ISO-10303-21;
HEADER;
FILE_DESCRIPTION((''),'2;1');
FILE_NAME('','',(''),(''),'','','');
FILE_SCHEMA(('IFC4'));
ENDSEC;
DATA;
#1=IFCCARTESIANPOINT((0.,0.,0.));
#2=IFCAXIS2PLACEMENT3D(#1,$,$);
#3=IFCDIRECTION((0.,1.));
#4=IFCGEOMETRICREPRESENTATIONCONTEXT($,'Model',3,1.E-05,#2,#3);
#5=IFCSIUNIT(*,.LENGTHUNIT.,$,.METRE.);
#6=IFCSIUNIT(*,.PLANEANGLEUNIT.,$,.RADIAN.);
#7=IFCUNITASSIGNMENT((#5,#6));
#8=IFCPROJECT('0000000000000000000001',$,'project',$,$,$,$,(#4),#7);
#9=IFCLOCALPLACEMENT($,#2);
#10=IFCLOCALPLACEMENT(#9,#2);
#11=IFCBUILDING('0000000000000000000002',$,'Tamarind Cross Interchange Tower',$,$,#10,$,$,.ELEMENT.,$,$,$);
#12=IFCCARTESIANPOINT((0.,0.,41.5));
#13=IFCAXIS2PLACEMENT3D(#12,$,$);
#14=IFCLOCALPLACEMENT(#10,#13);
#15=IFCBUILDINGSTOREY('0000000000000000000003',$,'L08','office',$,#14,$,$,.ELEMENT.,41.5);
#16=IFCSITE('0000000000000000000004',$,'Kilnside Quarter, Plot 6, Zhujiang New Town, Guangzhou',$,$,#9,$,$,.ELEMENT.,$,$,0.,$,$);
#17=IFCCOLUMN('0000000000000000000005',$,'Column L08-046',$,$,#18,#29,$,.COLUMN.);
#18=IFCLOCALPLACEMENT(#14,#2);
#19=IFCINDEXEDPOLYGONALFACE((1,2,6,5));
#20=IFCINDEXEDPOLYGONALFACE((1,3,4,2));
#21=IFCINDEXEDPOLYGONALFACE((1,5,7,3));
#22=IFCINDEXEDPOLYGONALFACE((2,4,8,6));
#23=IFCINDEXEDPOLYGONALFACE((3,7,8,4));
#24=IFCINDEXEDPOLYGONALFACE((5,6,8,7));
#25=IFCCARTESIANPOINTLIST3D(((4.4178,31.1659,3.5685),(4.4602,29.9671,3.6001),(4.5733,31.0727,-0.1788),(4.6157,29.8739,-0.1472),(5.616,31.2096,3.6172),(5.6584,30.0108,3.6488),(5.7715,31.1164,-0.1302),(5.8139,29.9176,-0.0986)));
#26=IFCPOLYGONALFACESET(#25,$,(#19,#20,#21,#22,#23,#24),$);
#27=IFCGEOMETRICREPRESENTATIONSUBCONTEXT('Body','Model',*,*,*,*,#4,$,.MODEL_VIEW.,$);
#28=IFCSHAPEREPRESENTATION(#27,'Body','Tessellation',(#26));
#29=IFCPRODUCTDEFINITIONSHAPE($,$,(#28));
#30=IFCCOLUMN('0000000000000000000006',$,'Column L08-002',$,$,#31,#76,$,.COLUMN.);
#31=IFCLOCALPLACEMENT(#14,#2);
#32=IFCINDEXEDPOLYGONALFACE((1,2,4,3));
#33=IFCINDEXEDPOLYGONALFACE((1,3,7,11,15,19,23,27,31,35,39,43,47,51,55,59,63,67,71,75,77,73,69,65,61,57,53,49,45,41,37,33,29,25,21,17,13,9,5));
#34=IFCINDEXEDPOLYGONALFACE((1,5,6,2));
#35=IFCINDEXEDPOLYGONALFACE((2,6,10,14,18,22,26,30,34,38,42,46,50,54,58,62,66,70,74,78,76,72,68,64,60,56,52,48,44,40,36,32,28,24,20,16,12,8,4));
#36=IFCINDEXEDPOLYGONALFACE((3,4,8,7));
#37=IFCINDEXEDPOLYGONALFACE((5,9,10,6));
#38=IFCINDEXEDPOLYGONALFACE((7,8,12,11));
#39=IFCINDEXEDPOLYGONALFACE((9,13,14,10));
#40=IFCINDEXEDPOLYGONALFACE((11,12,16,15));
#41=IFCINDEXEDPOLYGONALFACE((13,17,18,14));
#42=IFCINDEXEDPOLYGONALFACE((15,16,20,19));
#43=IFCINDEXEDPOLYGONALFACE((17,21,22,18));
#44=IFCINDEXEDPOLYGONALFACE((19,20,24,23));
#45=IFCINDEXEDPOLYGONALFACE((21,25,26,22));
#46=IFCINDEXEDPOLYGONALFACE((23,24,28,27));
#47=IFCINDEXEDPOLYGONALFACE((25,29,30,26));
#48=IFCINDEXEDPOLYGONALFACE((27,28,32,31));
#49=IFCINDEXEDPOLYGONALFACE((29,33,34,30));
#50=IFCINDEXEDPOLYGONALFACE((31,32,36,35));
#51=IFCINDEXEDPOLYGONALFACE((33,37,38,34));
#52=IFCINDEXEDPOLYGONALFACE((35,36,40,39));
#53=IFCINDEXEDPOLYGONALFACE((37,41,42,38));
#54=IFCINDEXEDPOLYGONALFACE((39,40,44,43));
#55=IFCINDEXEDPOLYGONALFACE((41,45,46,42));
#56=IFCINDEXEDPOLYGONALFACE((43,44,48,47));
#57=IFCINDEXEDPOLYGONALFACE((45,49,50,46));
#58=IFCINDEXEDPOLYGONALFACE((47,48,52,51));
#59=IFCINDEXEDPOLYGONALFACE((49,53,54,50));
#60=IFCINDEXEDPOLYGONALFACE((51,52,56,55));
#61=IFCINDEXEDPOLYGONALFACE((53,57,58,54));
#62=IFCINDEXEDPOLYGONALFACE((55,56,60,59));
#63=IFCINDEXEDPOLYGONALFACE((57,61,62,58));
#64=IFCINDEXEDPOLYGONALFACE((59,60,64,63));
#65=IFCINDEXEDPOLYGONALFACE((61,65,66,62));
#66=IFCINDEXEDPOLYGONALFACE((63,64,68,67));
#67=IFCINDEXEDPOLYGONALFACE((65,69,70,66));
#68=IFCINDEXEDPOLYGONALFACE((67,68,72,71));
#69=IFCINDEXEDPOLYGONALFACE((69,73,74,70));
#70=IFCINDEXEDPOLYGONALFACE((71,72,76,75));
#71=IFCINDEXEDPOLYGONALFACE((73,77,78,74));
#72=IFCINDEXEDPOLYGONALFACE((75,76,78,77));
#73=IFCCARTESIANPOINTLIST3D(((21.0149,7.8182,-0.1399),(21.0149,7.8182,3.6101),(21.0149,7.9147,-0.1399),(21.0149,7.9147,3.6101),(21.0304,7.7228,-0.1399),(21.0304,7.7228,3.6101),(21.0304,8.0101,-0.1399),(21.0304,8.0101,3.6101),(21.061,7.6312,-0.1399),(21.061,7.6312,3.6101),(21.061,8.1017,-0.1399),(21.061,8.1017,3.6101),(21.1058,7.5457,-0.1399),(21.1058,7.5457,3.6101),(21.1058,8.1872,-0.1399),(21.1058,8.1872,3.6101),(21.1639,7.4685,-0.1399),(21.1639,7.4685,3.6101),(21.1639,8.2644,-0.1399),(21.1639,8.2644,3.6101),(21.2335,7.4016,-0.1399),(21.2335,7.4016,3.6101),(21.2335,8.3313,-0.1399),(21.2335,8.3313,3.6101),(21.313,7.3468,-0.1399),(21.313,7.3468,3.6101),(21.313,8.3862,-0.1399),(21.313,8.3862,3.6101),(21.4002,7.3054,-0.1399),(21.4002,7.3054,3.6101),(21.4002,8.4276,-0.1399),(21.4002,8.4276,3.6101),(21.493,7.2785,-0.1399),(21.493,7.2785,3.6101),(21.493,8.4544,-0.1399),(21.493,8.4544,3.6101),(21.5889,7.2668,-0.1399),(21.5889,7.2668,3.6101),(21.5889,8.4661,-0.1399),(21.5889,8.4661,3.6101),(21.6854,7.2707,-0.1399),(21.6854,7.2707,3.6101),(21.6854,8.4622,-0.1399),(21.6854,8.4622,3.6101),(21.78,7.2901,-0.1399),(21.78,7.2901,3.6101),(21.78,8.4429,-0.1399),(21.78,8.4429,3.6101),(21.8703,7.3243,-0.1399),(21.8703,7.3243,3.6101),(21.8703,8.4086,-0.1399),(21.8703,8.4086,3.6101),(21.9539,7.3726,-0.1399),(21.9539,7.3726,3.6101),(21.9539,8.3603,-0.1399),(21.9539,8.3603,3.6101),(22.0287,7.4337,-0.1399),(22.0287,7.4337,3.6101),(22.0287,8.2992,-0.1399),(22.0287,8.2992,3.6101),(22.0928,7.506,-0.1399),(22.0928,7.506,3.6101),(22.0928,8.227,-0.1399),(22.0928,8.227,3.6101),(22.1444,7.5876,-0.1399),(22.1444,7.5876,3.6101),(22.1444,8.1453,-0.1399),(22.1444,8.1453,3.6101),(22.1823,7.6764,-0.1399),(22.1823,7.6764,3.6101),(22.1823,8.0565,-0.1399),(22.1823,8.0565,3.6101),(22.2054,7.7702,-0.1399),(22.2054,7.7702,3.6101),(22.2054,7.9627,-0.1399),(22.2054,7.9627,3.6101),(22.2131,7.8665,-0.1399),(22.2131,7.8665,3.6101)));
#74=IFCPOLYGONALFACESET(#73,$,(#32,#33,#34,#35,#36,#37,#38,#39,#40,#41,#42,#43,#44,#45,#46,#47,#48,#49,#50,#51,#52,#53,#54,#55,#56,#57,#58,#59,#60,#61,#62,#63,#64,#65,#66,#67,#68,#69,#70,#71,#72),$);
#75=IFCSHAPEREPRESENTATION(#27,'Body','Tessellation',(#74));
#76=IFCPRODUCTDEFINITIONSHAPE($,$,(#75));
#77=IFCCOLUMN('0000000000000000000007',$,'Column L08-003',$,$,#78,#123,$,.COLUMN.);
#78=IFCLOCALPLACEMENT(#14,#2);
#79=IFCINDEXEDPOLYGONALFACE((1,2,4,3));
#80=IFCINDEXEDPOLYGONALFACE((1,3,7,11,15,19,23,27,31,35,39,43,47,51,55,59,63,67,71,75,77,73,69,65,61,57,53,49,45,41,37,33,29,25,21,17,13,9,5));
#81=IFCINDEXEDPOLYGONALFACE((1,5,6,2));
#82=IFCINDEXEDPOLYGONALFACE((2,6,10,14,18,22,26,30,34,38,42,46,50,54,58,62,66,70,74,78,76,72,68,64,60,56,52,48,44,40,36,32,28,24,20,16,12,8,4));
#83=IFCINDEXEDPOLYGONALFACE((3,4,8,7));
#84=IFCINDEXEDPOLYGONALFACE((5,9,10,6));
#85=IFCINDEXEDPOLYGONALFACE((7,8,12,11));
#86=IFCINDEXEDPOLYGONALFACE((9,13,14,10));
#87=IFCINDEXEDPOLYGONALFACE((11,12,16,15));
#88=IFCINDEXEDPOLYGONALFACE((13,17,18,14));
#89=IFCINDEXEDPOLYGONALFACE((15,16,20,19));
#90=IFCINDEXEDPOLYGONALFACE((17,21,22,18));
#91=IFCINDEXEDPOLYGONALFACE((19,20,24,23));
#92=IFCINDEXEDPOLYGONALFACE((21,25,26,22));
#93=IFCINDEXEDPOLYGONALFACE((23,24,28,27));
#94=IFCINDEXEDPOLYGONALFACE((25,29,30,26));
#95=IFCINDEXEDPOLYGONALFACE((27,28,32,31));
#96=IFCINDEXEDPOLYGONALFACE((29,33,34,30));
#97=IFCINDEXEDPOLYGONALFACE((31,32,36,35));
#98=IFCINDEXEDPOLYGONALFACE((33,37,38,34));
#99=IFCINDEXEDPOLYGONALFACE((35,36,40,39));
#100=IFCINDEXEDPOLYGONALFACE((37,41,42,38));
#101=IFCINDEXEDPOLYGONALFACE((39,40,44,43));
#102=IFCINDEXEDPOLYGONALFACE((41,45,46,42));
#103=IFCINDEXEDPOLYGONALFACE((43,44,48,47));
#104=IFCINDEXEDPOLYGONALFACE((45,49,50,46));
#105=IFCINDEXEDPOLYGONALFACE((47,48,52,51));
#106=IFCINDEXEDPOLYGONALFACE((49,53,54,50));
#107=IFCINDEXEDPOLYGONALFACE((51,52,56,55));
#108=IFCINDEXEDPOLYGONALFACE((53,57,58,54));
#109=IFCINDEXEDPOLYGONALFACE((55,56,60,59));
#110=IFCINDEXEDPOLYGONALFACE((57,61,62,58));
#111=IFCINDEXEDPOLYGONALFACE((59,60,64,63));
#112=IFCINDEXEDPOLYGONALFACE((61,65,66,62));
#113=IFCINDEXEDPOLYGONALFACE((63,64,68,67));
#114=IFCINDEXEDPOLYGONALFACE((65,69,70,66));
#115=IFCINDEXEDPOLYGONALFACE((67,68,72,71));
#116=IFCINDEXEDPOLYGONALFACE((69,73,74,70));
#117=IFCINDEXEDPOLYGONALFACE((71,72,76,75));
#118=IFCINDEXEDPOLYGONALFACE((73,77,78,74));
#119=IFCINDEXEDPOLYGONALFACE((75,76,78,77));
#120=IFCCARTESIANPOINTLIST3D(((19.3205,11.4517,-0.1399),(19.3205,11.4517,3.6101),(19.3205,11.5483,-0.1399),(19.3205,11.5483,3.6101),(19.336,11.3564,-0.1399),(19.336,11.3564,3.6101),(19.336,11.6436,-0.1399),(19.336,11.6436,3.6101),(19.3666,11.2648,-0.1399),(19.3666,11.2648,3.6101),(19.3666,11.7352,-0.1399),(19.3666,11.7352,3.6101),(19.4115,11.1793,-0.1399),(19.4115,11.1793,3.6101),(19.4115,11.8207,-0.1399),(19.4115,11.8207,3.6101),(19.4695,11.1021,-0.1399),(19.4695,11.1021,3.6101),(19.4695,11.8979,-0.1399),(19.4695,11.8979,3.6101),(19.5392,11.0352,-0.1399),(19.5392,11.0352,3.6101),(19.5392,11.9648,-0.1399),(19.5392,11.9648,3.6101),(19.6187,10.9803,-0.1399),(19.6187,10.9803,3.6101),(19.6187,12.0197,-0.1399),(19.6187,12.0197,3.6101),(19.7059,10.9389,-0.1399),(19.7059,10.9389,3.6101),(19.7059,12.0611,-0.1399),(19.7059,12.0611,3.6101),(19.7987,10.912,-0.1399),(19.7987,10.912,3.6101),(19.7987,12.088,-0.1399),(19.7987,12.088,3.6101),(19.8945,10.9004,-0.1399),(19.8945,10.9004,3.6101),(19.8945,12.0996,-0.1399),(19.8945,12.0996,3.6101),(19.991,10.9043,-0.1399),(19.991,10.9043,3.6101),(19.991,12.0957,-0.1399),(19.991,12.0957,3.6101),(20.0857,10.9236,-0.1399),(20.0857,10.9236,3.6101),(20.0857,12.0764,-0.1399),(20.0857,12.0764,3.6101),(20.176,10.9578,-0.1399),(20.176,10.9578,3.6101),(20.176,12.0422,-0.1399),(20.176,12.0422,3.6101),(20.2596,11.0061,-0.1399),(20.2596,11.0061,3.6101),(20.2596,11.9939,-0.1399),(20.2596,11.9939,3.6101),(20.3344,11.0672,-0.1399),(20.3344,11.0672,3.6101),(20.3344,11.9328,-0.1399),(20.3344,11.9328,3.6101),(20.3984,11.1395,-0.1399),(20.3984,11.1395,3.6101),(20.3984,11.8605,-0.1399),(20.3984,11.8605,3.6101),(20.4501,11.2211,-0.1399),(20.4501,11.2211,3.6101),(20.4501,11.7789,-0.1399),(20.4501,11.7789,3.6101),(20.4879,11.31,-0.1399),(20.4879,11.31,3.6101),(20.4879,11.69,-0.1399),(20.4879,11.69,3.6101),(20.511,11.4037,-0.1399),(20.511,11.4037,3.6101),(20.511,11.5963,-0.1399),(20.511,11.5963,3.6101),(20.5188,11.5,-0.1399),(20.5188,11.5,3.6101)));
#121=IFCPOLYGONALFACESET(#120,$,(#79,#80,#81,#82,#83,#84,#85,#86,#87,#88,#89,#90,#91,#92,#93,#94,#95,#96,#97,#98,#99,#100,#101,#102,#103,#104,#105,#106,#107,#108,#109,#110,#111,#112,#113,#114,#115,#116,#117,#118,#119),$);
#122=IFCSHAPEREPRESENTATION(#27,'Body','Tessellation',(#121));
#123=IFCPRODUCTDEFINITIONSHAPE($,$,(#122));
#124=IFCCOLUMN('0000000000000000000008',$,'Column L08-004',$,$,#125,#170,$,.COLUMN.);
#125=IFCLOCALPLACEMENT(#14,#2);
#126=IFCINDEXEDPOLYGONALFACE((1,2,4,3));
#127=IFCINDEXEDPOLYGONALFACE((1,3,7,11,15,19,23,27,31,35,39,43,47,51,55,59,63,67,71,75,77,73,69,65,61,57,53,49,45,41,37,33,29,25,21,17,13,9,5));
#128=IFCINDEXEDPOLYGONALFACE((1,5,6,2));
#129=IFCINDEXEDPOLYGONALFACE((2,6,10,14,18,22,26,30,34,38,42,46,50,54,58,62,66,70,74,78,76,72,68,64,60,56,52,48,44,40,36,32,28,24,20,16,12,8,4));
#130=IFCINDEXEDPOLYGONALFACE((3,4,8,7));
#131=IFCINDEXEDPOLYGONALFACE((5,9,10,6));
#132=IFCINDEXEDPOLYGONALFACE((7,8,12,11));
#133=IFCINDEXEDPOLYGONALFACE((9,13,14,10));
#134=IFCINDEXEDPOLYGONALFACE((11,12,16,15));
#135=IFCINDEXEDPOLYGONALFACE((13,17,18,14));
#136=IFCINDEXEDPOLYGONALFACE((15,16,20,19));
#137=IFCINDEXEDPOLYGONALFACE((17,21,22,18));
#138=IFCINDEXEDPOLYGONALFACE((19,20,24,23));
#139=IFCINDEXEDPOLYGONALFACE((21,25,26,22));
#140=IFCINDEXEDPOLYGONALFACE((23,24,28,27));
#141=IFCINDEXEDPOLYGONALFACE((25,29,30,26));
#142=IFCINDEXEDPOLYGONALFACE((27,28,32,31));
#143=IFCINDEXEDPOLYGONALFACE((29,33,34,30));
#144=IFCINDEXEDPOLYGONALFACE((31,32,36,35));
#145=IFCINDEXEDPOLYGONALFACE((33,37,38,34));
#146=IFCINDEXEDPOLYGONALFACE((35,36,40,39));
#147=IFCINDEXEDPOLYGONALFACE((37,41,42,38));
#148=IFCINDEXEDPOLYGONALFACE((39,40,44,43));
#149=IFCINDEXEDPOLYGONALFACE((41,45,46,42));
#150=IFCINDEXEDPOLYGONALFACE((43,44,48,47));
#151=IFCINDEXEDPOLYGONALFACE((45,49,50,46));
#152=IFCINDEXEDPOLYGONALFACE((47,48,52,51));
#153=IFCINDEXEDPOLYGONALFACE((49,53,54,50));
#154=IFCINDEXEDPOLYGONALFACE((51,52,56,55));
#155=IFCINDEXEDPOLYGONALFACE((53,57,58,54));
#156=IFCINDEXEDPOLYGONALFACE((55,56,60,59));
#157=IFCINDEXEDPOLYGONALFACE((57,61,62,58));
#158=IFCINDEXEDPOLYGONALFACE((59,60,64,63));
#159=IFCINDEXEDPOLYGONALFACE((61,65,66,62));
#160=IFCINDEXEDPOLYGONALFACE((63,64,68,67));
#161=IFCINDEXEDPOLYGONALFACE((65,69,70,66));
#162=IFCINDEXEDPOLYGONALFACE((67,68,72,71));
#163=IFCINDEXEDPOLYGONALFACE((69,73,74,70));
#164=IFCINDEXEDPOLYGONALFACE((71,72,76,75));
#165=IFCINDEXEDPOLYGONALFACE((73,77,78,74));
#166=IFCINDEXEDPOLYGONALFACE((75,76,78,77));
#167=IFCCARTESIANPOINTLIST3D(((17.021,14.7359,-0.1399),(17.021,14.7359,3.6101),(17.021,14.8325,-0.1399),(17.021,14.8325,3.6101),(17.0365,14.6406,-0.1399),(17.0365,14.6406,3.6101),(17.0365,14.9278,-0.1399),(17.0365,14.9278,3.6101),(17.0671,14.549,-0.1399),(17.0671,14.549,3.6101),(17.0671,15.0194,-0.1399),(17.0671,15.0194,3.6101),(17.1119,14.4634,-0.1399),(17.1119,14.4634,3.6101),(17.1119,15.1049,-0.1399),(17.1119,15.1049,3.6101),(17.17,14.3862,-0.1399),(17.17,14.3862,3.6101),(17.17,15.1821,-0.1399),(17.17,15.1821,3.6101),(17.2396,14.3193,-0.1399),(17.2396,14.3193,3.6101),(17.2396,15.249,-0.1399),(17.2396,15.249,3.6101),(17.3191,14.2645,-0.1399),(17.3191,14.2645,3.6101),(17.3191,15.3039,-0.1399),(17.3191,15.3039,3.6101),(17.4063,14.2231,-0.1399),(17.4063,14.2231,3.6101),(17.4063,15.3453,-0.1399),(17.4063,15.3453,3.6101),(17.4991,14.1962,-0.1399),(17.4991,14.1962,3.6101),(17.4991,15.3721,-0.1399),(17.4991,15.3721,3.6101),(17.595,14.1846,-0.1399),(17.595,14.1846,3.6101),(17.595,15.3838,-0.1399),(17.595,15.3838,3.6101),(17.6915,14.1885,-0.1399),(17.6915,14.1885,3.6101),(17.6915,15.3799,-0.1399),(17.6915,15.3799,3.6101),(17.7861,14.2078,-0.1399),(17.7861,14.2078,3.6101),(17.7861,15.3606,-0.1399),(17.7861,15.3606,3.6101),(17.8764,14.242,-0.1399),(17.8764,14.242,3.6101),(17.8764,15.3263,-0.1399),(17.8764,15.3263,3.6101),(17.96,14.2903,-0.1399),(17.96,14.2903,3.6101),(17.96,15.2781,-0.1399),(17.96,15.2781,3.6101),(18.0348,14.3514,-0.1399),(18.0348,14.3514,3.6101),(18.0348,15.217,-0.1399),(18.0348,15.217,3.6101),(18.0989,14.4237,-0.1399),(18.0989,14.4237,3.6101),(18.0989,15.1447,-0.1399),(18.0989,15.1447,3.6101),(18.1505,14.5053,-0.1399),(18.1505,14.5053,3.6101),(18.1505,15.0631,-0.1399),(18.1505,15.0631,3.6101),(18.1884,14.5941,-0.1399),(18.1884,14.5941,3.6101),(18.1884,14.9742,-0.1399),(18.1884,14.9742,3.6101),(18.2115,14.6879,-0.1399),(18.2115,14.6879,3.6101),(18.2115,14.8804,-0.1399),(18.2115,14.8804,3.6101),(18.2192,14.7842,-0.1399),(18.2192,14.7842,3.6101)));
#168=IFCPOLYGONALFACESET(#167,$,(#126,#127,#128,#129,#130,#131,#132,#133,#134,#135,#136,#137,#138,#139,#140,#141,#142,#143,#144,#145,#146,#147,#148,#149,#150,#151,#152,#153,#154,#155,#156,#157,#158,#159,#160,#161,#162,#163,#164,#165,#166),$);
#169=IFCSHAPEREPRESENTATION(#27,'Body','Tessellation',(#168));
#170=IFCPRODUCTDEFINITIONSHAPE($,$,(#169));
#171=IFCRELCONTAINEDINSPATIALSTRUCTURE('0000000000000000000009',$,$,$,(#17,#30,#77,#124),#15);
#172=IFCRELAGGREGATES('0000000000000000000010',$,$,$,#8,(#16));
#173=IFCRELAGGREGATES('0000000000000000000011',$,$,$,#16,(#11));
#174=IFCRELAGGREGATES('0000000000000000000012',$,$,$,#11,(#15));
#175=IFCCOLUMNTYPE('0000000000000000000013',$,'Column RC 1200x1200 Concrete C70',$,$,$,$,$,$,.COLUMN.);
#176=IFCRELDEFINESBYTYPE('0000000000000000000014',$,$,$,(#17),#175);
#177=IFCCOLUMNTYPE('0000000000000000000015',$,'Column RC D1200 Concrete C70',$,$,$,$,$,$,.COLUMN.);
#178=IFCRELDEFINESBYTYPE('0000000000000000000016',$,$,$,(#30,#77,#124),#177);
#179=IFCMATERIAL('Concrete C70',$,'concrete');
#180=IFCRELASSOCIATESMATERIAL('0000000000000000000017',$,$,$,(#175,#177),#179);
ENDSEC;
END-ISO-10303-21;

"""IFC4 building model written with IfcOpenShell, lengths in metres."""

from ifc_helpers import new_model, si_unit, direction, frame, origin, origin_2d, place, context, subcontext, project, spatial, rectangle, circle, extrude, material, material_profile, profile_set, type_object, element, save


model = new_model("IFC4")

# Units and contexts
model_context = context("Model", 3, precision=1e-05, world=origin(), true_north=direction((0.0, 1.0)))
body_context = subcontext(model_context, "Body", "Model", "MODEL_VIEW")
ifc_project = project(units=[si_unit("LENGTHUNIT", "METRE"), si_unit("PLANEANGLEUNIT", "RADIAN")], contexts=[model_context])

# Site, building, storey
site_placement = place(None, origin())
site = spatial("IfcSite", under=ifc_project, at=site_placement, Name="Kilnside Quarter, Plot 6, Zhujiang New Town, Guangzhou", CompositionType="ELEMENT", RefElevation=0.0)
building_placement = place(site_placement, origin())
building = spatial("IfcBuilding", under=site, at=building_placement, Name="Tamarind Cross Interchange Tower", CompositionType="ELEMENT")
storey_placement = place(building_placement, frame((0.0, 0.0, 41.5)))
storey = spatial("IfcBuildingStorey", under=building, at=storey_placement, Name="L08", Description="office", CompositionType="ELEMENT", Elevation=41.5)

# Columns
ifc_material_1 = material(Name="Concrete C70", Category="concrete")
ifc_material_profile_1 = material_profile(ifc_material_1, rectangle(XDim=1.2, YDim=1.2, at=origin_2d()), Name="RC 1200x1200")
ifc_profile_set_1 = profile_set([ifc_material_profile_1], Name="Concrete C70")
column_type_1 = type_object("IfcColumnType", Name="Column RC 1200x1200 Concrete C70", PredefinedType="COLUMN", material=ifc_profile_set_1)
column_placement = place(storey_placement, frame((5.1936, 30.4951, -0.1387), z_axis=(-0.041453, 0.024859, 0.998831), x_axis=(0.035357, -0.999028, 0.026331)))
element("IfcColumn", 1, at=column_placement, inside=storey, type_object=column_type_1, Name="Column L08-046", PredefinedType="COLUMN", context=body_context, shape_type="SweptSolid", body=[
    extrude(rectangle(XDim=1.2, YDim=1.2, at=origin_2d()), origin(), (0.0, 0.0, 1.0), 3.7517),
])
ifc_material_profile_2 = material_profile(ifc_material_1, circle(Radius=0.6001, at=origin_2d()), Name="RC D1200")
ifc_profile_set_2 = profile_set([ifc_material_profile_2], Name="Concrete C70")
column_type_2 = type_object("IfcColumnType", Name="Column RC D1200 Concrete C70", PredefinedType="COLUMN", material=ifc_profile_set_2)
for number, where, z_axis, x_axis, name in (
    (2, (21.613, 7.8665, -0.1399), (0.0, 0.0, 1.0), (1.0, 0.0, 0.0), "Column L08-002"),
    (3, (19.9187, 11.5, -0.1399), (0.0, 0.0, 1.0), (1.0, 0.0, 0.0), "Column L08-003"),
    (4, (17.6191, 14.7842, -0.1399), (0.0, 0.0, 1.0), (1.0, 0.0, 0.0), "Column L08-004"),
):
    element("IfcColumn", number, at=place(storey_placement, frame(where, z_axis=z_axis, x_axis=x_axis)), inside=storey, type_object=column_type_2, Name=name, PredefinedType="COLUMN", context=body_context, shape_type="SweptSolid", body=[
        extrude(circle(Radius=0.6001, at=origin_2d()), origin(), (0.0, 0.0, 1.0), 3.75),
    ])

save(model, "model.ifc")
